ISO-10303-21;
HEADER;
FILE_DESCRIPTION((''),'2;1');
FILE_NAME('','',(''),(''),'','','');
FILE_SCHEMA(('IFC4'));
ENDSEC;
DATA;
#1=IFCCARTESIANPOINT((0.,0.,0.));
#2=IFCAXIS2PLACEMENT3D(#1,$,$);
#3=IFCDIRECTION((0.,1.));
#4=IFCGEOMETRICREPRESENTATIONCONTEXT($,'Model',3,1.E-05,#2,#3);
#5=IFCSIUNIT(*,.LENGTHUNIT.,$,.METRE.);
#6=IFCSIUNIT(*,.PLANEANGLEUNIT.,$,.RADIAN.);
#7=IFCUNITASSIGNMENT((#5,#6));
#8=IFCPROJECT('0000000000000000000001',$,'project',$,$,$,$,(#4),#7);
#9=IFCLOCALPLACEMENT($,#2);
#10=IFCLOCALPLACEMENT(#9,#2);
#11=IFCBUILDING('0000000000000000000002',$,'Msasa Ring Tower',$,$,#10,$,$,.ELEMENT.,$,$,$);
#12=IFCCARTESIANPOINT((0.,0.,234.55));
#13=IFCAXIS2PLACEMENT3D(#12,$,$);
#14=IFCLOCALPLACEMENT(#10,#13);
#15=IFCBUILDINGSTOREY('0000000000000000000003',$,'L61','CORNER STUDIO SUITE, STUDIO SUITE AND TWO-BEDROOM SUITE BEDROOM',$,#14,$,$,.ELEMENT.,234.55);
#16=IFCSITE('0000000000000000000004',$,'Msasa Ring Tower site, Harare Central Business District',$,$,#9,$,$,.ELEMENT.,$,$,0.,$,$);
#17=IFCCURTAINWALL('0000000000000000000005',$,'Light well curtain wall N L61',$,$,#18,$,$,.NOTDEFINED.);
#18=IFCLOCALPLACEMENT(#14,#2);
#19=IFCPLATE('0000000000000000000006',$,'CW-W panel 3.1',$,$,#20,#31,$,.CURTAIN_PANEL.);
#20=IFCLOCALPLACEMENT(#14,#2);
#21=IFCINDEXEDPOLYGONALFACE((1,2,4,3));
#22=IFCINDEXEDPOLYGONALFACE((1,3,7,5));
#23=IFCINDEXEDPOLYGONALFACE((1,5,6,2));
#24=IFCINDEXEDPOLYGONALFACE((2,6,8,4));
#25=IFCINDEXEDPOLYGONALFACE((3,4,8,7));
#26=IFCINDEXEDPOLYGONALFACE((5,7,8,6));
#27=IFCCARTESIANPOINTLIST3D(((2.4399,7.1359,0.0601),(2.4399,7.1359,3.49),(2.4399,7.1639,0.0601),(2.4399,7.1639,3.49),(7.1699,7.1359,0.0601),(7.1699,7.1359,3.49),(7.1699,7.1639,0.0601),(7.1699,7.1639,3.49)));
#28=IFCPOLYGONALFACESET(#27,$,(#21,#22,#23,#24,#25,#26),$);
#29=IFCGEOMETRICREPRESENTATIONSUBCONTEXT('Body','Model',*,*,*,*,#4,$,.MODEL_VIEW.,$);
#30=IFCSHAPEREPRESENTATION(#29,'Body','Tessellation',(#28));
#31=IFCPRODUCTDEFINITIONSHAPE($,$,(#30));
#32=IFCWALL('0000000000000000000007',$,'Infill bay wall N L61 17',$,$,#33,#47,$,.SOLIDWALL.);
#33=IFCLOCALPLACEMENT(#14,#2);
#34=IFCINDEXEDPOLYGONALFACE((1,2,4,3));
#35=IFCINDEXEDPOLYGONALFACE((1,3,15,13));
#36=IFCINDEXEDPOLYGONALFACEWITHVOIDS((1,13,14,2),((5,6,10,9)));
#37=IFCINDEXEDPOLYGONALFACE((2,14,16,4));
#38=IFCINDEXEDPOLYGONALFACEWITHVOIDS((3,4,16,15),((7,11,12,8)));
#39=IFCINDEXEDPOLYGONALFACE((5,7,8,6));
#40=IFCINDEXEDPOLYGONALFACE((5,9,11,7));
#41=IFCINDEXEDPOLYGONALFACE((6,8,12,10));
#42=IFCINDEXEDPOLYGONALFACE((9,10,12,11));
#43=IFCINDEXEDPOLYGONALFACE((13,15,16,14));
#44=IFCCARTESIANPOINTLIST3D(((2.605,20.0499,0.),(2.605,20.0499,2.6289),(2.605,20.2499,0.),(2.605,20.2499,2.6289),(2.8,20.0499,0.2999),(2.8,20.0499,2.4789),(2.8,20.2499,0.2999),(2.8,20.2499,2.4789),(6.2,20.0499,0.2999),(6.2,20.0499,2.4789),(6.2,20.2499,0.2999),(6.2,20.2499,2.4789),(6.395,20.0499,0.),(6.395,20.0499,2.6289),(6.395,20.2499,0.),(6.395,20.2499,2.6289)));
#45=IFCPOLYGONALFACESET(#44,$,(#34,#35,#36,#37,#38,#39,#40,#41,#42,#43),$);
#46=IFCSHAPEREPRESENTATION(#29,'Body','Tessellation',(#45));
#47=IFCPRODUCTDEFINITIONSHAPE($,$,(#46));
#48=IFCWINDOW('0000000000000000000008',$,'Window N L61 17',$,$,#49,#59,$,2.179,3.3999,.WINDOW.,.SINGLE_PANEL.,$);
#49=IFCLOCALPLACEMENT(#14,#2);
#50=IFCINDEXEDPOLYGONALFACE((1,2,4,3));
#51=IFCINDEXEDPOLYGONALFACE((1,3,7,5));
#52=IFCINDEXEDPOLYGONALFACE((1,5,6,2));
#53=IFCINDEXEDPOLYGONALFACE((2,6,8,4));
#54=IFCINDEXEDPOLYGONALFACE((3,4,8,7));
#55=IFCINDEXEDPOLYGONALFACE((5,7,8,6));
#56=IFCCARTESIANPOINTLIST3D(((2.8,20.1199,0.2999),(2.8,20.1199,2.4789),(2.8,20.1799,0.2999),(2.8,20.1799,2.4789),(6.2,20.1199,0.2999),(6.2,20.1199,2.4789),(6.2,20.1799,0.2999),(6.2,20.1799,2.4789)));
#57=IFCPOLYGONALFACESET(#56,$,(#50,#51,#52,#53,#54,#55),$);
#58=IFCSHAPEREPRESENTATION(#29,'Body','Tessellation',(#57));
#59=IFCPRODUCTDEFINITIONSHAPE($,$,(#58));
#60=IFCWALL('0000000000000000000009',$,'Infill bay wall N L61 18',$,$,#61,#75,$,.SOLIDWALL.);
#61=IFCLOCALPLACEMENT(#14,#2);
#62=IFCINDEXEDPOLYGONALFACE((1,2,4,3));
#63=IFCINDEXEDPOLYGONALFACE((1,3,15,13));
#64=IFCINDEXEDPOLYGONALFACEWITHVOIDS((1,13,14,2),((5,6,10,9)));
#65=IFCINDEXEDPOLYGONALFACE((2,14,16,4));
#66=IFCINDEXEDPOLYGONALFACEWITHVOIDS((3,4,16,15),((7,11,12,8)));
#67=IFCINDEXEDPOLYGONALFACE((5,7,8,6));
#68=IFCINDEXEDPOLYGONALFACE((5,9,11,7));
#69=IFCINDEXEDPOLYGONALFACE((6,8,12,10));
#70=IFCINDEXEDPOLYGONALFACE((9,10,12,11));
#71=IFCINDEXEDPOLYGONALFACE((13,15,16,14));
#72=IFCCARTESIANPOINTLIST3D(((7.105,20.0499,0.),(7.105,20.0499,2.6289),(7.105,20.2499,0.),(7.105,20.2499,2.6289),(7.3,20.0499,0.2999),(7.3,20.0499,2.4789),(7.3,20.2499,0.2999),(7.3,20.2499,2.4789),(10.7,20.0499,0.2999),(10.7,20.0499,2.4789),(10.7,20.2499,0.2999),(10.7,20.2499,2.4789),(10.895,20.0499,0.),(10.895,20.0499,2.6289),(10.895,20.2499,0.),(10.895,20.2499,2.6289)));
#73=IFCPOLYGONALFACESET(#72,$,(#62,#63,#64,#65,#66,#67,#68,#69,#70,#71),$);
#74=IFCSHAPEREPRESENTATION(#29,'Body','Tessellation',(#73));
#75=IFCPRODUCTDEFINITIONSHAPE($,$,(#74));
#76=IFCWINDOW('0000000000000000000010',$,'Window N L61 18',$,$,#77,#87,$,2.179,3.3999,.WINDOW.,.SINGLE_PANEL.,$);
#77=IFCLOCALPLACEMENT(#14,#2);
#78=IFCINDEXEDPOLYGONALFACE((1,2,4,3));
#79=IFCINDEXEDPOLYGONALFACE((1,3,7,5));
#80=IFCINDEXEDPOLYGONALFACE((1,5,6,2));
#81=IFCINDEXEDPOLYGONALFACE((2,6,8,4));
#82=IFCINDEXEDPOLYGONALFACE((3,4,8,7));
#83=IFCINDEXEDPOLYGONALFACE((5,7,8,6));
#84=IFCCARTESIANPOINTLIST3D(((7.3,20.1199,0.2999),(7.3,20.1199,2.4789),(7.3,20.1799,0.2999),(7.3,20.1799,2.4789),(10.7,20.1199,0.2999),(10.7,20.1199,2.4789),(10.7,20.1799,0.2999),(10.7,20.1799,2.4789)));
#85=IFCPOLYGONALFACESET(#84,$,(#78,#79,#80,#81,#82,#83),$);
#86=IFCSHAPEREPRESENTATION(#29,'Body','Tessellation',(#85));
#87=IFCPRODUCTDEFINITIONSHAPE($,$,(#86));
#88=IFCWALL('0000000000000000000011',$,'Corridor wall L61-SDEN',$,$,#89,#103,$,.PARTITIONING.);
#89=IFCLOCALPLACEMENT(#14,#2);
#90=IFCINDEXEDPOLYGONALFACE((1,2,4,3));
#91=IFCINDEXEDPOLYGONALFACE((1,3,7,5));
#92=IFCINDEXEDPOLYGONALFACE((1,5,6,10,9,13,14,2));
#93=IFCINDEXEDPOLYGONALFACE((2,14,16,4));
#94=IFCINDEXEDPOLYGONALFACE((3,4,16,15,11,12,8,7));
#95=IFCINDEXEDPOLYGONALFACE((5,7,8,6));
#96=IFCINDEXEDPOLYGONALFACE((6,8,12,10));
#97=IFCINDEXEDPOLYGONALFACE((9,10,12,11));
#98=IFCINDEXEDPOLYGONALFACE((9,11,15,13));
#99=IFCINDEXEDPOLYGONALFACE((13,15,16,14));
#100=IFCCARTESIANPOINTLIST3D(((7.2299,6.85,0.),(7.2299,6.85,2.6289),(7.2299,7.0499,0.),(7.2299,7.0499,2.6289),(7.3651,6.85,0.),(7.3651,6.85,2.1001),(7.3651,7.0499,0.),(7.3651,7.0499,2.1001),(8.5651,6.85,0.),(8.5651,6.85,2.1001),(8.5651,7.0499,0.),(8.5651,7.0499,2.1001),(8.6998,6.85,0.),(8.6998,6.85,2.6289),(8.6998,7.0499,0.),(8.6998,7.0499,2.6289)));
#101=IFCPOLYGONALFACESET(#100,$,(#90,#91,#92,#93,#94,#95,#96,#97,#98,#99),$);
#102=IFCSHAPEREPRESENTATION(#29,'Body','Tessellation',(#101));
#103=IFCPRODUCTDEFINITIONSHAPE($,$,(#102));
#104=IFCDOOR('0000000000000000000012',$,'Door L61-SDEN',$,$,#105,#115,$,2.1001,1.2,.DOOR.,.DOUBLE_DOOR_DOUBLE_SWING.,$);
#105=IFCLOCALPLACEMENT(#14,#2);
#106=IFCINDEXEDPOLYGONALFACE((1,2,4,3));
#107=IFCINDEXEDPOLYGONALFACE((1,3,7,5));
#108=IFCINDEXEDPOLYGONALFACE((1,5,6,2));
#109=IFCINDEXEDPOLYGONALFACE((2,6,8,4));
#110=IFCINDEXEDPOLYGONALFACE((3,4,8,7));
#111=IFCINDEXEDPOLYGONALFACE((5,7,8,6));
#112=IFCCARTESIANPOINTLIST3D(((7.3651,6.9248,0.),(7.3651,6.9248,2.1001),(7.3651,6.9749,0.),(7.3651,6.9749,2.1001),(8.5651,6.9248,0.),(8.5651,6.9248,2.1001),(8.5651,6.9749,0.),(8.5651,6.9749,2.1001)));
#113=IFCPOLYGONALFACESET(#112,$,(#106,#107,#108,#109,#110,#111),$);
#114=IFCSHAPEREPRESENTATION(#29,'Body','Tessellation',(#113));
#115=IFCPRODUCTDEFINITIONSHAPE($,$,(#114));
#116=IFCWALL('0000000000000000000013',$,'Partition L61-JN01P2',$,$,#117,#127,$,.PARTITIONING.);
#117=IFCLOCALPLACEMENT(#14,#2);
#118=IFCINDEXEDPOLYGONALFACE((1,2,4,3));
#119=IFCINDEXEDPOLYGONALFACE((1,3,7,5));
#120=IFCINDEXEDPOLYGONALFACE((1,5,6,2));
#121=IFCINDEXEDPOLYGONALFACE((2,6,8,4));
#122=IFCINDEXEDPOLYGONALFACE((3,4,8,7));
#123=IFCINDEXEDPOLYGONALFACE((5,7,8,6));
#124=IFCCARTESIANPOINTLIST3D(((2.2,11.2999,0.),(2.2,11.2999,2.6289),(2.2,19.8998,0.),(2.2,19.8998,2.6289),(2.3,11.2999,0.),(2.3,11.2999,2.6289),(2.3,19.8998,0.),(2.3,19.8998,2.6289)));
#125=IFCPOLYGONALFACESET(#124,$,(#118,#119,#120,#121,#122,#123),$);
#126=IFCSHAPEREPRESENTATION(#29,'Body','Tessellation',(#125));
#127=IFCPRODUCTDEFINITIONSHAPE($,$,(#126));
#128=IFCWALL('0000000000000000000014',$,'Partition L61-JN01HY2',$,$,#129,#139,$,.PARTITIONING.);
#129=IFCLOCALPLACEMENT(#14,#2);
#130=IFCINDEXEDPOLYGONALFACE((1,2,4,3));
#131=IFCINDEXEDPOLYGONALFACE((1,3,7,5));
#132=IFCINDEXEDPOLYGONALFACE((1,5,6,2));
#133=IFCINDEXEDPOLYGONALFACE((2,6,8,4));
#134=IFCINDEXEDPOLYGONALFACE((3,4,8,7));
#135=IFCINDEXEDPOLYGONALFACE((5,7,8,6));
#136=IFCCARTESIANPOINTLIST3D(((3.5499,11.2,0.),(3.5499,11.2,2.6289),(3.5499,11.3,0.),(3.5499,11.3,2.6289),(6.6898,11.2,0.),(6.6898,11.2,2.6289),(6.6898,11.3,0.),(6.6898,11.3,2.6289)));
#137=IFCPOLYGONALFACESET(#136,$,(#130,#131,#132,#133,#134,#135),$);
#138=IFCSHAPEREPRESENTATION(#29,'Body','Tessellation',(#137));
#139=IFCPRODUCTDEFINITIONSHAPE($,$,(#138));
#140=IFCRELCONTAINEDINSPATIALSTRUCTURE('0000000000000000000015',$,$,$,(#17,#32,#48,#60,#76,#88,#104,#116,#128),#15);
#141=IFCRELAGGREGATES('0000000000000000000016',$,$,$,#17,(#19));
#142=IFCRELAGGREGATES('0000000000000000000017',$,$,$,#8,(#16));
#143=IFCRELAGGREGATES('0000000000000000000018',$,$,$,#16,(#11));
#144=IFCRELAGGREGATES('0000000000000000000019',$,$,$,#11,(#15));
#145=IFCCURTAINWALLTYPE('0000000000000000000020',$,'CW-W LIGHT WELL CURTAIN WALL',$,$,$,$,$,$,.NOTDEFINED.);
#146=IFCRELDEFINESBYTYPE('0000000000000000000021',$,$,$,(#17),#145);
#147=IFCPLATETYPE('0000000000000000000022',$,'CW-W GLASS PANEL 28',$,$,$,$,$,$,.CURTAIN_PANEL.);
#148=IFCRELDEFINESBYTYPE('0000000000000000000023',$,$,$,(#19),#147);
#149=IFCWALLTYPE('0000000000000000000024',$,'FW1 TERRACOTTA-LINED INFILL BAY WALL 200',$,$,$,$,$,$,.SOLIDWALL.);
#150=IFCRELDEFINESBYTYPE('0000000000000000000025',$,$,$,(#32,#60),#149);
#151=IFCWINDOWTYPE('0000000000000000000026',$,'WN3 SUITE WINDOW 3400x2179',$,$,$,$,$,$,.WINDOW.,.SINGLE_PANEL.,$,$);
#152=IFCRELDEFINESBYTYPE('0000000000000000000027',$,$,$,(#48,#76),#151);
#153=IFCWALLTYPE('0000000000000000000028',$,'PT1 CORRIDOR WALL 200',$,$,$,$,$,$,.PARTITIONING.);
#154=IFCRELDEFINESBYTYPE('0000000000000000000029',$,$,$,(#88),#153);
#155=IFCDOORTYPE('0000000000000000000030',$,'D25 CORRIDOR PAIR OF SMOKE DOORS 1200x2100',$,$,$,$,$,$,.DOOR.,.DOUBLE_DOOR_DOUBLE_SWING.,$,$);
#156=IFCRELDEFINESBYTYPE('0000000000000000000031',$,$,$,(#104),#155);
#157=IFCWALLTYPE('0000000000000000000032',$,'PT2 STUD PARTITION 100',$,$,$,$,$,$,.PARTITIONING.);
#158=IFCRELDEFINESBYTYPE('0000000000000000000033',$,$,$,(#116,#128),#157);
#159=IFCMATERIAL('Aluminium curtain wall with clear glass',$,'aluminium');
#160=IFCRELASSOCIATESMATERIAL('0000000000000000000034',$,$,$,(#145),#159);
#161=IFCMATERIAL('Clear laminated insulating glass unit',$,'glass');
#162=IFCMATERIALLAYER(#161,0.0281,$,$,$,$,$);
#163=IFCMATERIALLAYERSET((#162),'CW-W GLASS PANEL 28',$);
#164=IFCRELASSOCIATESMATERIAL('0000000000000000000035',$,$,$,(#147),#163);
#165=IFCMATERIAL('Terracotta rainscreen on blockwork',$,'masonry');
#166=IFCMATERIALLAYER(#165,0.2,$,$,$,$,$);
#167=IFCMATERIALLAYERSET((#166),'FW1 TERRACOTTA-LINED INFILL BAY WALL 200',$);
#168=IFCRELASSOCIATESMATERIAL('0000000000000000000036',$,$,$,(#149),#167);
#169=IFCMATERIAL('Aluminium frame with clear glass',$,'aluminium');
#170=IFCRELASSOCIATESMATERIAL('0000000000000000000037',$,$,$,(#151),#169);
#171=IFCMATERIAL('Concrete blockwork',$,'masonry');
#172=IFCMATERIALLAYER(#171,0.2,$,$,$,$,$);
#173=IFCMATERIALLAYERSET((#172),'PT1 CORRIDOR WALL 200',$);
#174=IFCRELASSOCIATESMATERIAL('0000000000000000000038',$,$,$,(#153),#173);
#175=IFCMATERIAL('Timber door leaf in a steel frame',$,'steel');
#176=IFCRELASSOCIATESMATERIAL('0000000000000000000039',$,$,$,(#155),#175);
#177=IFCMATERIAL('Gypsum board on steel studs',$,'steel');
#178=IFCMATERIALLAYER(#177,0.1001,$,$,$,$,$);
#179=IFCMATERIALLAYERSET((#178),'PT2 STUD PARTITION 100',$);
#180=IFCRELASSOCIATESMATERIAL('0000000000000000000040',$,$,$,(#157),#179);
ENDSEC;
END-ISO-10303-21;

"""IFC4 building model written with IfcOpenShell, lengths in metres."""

from ifc_helpers import new_model, si_unit, direction, frame, frame_2d, origin, origin_2d, place, context, subcontext, project, spatial, rectangle, extrude, material, layer, layer_set, type_object, element, fill, aggregate, save


model = new_model("IFC4")

# Units and contexts
model_context = context("Model", 3, precision=1e-05, world=origin(), true_north=direction((0.0, 1.0)))
body_context = subcontext(model_context, "Body", "Model", "MODEL_VIEW")
ifc_project = project(units=[si_unit("LENGTHUNIT", "METRE"), si_unit("PLANEANGLEUNIT", "RADIAN")], contexts=[model_context])

# Site, building, storey
site_placement = place(None, origin())
site = spatial("IfcSite", under=ifc_project, at=site_placement, Name="Msasa Ring Tower site, Harare Central Business District", CompositionType="ELEMENT", RefElevation=0.0)
building_placement = place(site_placement, origin())
building = spatial("IfcBuilding", under=site, at=building_placement, Name="Msasa Ring Tower", CompositionType="ELEMENT")
storey_placement = place(building_placement, frame((0.0, 0.0, 234.55)))
storey = spatial("IfcBuildingStorey", under=building, at=storey_placement, Name="L61", Description="CORNER STUDIO SUITE, STUDIO SUITE AND TWO-BEDROOM SUITE BEDROOM", CompositionType="ELEMENT", Elevation=234.55)

# Curtain wall
ifc_material_1 = material(Name="Aluminium curtain wall with clear glass", Category="aluminium")
curtain_wall_type = type_object("IfcCurtainWallType", Name="CW-W LIGHT WELL CURTAIN WALL", PredefinedType="NOTDEFINED", material=ifc_material_1)
curtain_wall_1_placement = place(storey_placement, origin())
curtain_wall_1 = element("IfcCurtainWall", 1, at=curtain_wall_1_placement, inside=storey, type_object=curtain_wall_type, Name="Light well curtain wall N L61", PredefinedType="NOTDEFINED")

# Plate
ifc_material_2 = material(Name="Clear laminated insulating glass unit", Category="glass")
ifc_layer_1 = layer(ifc_material_2, 0.0281)
ifc_layer_set_1 = layer_set([ifc_layer_1], Name="CW-W GLASS PANEL 28")
plate_type = type_object("IfcPlateType", Name="CW-W GLASS PANEL 28", PredefinedType="CURTAIN_PANEL", material=ifc_layer_set_1)
plate_placement = place(storey_placement, frame((4.8049, 7.1499, 0.0601), z_axis=(0.0, 0.0, 1.0), x_axis=(1.0, 0.0, 0.0)))
plate = element("IfcPlate", 2, at=plate_placement, type_object=plate_type, Name="CW-W panel 3.1", PredefinedType="CURTAIN_PANEL", context=body_context, shape_type="SweptSolid", body=[
    extrude(rectangle(XDim=4.73, YDim=0.0281, at=origin_2d()), origin(), (0.0, 0.0, 1.0), 3.4299),
])
aggregate(curtain_wall_1, [plate])

# Walls, openings, windows
ifc_material_3 = material(Name="Terracotta rainscreen on blockwork", Category="masonry")
ifc_layer_2 = layer(ifc_material_3, 0.2)
ifc_layer_set_2 = layer_set([ifc_layer_2], Name="FW1 TERRACOTTA-LINED INFILL BAY WALL 200")
wall_type_1 = type_object("IfcWallType", Name="FW1 TERRACOTTA-LINED INFILL BAY WALL 200", PredefinedType="SOLIDWALL", material=ifc_layer_set_2)
wall_1_placement = place(storey_placement, frame((2.605, 20.1499, 0.0), z_axis=(0.0, 0.0, 1.0), x_axis=(1.0, 0.0, 0.0)))
wall_1 = element("IfcWall", 3, at=wall_1_placement, inside=storey, type_object=wall_type_1, Name="Infill bay wall N L61 17", PredefinedType="SOLIDWALL", context=body_context, shape_type="SweptSolid", body=[
    extrude(rectangle(XDim=3.79, YDim=0.2, at=frame_2d((1.895, 0.0))), origin(), (0.0, 0.0, 1.0), 2.6289),
])
opening_1_placement = place(wall_1_placement, frame((0.1951, 0.0, 0.3)))
opening_1 = element("IfcOpeningElement", 4, at=opening_1_placement, cuts=wall_1, PredefinedType="OPENING", context=body_context, shape_type="SweptSolid", body=[
    extrude(rectangle(XDim=3.3999, YDim=2.179, at=frame_2d((1.7, 1.0894))), frame((0.0, 0.1099, 0.0), z_axis=(0.0, -1.0, 0.0), x_axis=(1.0, 0.0, 0.0)), (0.0, 0.0, 1.0), 0.22),
])
ifc_material_4 = material(Name="Aluminium frame with clear glass", Category="aluminium")
window_type = type_object("IfcWindowType", Name="WN3 SUITE WINDOW 3400x2179", PartitioningType="SINGLE_PANEL", PredefinedType="WINDOW", material=ifc_material_4)
window_1_placement = place(opening_1_placement, origin())
window_1 = element("IfcWindow", 5, at=window_1_placement, inside=storey, type_object=window_type, Name="Window N L61 17", OverallHeight=2.179, OverallWidth=3.3999, PartitioningType="SINGLE_PANEL", PredefinedType="WINDOW", context=body_context, shape_type="SweptSolid", body=[
    extrude(rectangle(XDim=3.3999, YDim=2.179, at=frame_2d((1.7, 1.0894))), frame((0.0, 0.03, 0.0), z_axis=(0.0, -1.0, 0.0), x_axis=(1.0, 0.0, 0.0)), (0.0, 0.0, 1.0), 0.0601),
])
fill(opening_1, window_1)
wall_2_placement = place(storey_placement, frame((7.105, 20.1499, 0.0), z_axis=(0.0, 0.0, 1.0), x_axis=(1.0, 0.0, 0.0)))
wall_2 = element("IfcWall", 6, at=wall_2_placement, inside=storey, type_object=wall_type_1, Name="Infill bay wall N L61 18", PredefinedType="SOLIDWALL", context=body_context, shape_type="SweptSolid", body=[
    extrude(rectangle(XDim=3.79, YDim=0.2, at=frame_2d((1.895, 0.0))), origin(), (0.0, 0.0, 1.0), 2.6289),
])
opening_2_placement = place(wall_2_placement, frame((0.1951, 0.0, 0.3)))
opening_2 = element("IfcOpeningElement", 7, at=opening_2_placement, cuts=wall_2, PredefinedType="OPENING", context=body_context, shape_type="SweptSolid", body=[
    extrude(rectangle(XDim=3.3999, YDim=2.179, at=frame_2d((1.7, 1.0894))), frame((0.0, 0.1099, 0.0), z_axis=(0.0, -1.0, 0.0), x_axis=(1.0, 0.0, 0.0)), (0.0, 0.0, 1.0), 0.22),
])
window_2_placement = place(opening_2_placement, origin())
window_2 = element("IfcWindow", 8, at=window_2_placement, inside=storey, type_object=window_type, Name="Window N L61 18", OverallHeight=2.179, OverallWidth=3.3999, PartitioningType="SINGLE_PANEL", PredefinedType="WINDOW", context=body_context, shape_type="SweptSolid", body=[
    extrude(rectangle(XDim=3.3999, YDim=2.179, at=frame_2d((1.7, 1.0894))), frame((0.0, 0.03, 0.0), z_axis=(0.0, -1.0, 0.0), x_axis=(1.0, 0.0, 0.0)), (0.0, 0.0, 1.0), 0.0601),
])
fill(opening_2, window_2)

# Wall, opening, door
ifc_material_5 = material(Name="Concrete blockwork", Category="masonry")
ifc_layer_3 = layer(ifc_material_5, 0.2)
ifc_layer_set_3 = layer_set([ifc_layer_3], Name="PT1 CORRIDOR WALL 200")
wall_type_2 = type_object("IfcWallType", Name="PT1 CORRIDOR WALL 200", PredefinedType="PARTITIONING", material=ifc_layer_set_3)
wall_3_placement = place(storey_placement, frame((7.23, 6.95, 0.0), z_axis=(0.0, 0.0, 1.0), x_axis=(1.0, 0.0, 0.0)))
wall_3 = element("IfcWall", 9, at=wall_3_placement, inside=storey, type_object=wall_type_2, Name="Corridor wall L61-SDEN", PredefinedType="PARTITIONING", context=body_context, shape_type="SweptSolid", body=[
    extrude(rectangle(XDim=1.47, YDim=0.2, at=frame_2d((0.7349, 0.0))), origin(), (0.0, 0.0, 1.0), 2.6289),
])
opening_3_placement = place(wall_3_placement, frame((0.135, 0.0, 0.0)))
opening_3 = element("IfcOpeningElement", 10, at=opening_3_placement, cuts=wall_3, PredefinedType="OPENING", context=body_context, shape_type="SweptSolid", body=[
    extrude(rectangle(XDim=1.2, YDim=2.1001, at=frame_2d((0.6001, 1.05))), frame((0.0, 0.1099, 0.0), z_axis=(0.0, -1.0, 0.0), x_axis=(1.0, 0.0, 0.0)), (0.0, 0.0, 1.0), 0.22),
])
ifc_material_6 = material(Name="Timber door leaf in a steel frame", Category="steel")
door_type_1 = type_object("IfcDoorType", Name="D25 CORRIDOR PAIR OF SMOKE DOORS 1200x2100", OperationType="DOUBLE_DOOR_DOUBLE_SWING", PredefinedType="DOOR", material=ifc_material_6)
door_1_placement = place(opening_3_placement, origin())
door_1 = element("IfcDoor", 11, at=door_1_placement, inside=storey, type_object=door_type_1, Name="Door L61-SDEN", OperationType="DOUBLE_DOOR_DOUBLE_SWING", OverallHeight=2.1001, OverallWidth=1.2, PredefinedType="DOOR", context=body_context, shape_type="SweptSolid", body=[
    extrude(rectangle(XDim=1.2, YDim=2.1001, at=frame_2d((0.6001, 1.05))), frame((0.0, 0.0249, 0.0), z_axis=(0.0, -1.0, 0.0), x_axis=(1.0, 0.0, 0.0)), (0.0, 0.0, 1.0), 0.05),
])
fill(opening_3, door_1)

# Walls
ifc_material_7 = material(Name="Gypsum board on steel studs", Category="steel")
ifc_layer_4 = layer(ifc_material_7, 0.1001)
ifc_layer_set_4 = layer_set([ifc_layer_4], Name="PT2 STUD PARTITION 100")
wall_type_3 = type_object("IfcWallType", Name="PT2 STUD PARTITION 100", PredefinedType="PARTITIONING", material=ifc_layer_set_4)
wall_4_placement = place(storey_placement, frame((2.25, 11.3, 0.0), z_axis=(0.0, 0.0, 1.0), x_axis=(0.0, 1.0, 0.0)))
element("IfcWall", 12, at=wall_4_placement, inside=storey, type_object=wall_type_3, Name="Partition L61-JN01P2", PredefinedType="PARTITIONING", context=body_context, shape_type="SweptSolid", body=[
    extrude(rectangle(XDim=8.5999, YDim=0.1001, at=frame_2d((4.2998, 0.0))), origin(), (0.0, 0.0, 1.0), 2.6289),
])
wall_5_placement = place(storey_placement, frame((3.55, 11.25, 0.0), z_axis=(0.0, 0.0, 1.0), x_axis=(1.0, 0.0, 0.0)))
element("IfcWall", 13, at=wall_5_placement, inside=storey, type_object=wall_type_3, Name="Partition L61-JN01HY2", PredefinedType="PARTITIONING", context=body_context, shape_type="SweptSolid", body=[
    extrude(rectangle(XDim=3.1399, YDim=0.1001, at=frame_2d((1.5698, 0.0))), origin(), (0.0, 0.0, 1.0), 2.6289),
])

save(model, "model.ifc")
